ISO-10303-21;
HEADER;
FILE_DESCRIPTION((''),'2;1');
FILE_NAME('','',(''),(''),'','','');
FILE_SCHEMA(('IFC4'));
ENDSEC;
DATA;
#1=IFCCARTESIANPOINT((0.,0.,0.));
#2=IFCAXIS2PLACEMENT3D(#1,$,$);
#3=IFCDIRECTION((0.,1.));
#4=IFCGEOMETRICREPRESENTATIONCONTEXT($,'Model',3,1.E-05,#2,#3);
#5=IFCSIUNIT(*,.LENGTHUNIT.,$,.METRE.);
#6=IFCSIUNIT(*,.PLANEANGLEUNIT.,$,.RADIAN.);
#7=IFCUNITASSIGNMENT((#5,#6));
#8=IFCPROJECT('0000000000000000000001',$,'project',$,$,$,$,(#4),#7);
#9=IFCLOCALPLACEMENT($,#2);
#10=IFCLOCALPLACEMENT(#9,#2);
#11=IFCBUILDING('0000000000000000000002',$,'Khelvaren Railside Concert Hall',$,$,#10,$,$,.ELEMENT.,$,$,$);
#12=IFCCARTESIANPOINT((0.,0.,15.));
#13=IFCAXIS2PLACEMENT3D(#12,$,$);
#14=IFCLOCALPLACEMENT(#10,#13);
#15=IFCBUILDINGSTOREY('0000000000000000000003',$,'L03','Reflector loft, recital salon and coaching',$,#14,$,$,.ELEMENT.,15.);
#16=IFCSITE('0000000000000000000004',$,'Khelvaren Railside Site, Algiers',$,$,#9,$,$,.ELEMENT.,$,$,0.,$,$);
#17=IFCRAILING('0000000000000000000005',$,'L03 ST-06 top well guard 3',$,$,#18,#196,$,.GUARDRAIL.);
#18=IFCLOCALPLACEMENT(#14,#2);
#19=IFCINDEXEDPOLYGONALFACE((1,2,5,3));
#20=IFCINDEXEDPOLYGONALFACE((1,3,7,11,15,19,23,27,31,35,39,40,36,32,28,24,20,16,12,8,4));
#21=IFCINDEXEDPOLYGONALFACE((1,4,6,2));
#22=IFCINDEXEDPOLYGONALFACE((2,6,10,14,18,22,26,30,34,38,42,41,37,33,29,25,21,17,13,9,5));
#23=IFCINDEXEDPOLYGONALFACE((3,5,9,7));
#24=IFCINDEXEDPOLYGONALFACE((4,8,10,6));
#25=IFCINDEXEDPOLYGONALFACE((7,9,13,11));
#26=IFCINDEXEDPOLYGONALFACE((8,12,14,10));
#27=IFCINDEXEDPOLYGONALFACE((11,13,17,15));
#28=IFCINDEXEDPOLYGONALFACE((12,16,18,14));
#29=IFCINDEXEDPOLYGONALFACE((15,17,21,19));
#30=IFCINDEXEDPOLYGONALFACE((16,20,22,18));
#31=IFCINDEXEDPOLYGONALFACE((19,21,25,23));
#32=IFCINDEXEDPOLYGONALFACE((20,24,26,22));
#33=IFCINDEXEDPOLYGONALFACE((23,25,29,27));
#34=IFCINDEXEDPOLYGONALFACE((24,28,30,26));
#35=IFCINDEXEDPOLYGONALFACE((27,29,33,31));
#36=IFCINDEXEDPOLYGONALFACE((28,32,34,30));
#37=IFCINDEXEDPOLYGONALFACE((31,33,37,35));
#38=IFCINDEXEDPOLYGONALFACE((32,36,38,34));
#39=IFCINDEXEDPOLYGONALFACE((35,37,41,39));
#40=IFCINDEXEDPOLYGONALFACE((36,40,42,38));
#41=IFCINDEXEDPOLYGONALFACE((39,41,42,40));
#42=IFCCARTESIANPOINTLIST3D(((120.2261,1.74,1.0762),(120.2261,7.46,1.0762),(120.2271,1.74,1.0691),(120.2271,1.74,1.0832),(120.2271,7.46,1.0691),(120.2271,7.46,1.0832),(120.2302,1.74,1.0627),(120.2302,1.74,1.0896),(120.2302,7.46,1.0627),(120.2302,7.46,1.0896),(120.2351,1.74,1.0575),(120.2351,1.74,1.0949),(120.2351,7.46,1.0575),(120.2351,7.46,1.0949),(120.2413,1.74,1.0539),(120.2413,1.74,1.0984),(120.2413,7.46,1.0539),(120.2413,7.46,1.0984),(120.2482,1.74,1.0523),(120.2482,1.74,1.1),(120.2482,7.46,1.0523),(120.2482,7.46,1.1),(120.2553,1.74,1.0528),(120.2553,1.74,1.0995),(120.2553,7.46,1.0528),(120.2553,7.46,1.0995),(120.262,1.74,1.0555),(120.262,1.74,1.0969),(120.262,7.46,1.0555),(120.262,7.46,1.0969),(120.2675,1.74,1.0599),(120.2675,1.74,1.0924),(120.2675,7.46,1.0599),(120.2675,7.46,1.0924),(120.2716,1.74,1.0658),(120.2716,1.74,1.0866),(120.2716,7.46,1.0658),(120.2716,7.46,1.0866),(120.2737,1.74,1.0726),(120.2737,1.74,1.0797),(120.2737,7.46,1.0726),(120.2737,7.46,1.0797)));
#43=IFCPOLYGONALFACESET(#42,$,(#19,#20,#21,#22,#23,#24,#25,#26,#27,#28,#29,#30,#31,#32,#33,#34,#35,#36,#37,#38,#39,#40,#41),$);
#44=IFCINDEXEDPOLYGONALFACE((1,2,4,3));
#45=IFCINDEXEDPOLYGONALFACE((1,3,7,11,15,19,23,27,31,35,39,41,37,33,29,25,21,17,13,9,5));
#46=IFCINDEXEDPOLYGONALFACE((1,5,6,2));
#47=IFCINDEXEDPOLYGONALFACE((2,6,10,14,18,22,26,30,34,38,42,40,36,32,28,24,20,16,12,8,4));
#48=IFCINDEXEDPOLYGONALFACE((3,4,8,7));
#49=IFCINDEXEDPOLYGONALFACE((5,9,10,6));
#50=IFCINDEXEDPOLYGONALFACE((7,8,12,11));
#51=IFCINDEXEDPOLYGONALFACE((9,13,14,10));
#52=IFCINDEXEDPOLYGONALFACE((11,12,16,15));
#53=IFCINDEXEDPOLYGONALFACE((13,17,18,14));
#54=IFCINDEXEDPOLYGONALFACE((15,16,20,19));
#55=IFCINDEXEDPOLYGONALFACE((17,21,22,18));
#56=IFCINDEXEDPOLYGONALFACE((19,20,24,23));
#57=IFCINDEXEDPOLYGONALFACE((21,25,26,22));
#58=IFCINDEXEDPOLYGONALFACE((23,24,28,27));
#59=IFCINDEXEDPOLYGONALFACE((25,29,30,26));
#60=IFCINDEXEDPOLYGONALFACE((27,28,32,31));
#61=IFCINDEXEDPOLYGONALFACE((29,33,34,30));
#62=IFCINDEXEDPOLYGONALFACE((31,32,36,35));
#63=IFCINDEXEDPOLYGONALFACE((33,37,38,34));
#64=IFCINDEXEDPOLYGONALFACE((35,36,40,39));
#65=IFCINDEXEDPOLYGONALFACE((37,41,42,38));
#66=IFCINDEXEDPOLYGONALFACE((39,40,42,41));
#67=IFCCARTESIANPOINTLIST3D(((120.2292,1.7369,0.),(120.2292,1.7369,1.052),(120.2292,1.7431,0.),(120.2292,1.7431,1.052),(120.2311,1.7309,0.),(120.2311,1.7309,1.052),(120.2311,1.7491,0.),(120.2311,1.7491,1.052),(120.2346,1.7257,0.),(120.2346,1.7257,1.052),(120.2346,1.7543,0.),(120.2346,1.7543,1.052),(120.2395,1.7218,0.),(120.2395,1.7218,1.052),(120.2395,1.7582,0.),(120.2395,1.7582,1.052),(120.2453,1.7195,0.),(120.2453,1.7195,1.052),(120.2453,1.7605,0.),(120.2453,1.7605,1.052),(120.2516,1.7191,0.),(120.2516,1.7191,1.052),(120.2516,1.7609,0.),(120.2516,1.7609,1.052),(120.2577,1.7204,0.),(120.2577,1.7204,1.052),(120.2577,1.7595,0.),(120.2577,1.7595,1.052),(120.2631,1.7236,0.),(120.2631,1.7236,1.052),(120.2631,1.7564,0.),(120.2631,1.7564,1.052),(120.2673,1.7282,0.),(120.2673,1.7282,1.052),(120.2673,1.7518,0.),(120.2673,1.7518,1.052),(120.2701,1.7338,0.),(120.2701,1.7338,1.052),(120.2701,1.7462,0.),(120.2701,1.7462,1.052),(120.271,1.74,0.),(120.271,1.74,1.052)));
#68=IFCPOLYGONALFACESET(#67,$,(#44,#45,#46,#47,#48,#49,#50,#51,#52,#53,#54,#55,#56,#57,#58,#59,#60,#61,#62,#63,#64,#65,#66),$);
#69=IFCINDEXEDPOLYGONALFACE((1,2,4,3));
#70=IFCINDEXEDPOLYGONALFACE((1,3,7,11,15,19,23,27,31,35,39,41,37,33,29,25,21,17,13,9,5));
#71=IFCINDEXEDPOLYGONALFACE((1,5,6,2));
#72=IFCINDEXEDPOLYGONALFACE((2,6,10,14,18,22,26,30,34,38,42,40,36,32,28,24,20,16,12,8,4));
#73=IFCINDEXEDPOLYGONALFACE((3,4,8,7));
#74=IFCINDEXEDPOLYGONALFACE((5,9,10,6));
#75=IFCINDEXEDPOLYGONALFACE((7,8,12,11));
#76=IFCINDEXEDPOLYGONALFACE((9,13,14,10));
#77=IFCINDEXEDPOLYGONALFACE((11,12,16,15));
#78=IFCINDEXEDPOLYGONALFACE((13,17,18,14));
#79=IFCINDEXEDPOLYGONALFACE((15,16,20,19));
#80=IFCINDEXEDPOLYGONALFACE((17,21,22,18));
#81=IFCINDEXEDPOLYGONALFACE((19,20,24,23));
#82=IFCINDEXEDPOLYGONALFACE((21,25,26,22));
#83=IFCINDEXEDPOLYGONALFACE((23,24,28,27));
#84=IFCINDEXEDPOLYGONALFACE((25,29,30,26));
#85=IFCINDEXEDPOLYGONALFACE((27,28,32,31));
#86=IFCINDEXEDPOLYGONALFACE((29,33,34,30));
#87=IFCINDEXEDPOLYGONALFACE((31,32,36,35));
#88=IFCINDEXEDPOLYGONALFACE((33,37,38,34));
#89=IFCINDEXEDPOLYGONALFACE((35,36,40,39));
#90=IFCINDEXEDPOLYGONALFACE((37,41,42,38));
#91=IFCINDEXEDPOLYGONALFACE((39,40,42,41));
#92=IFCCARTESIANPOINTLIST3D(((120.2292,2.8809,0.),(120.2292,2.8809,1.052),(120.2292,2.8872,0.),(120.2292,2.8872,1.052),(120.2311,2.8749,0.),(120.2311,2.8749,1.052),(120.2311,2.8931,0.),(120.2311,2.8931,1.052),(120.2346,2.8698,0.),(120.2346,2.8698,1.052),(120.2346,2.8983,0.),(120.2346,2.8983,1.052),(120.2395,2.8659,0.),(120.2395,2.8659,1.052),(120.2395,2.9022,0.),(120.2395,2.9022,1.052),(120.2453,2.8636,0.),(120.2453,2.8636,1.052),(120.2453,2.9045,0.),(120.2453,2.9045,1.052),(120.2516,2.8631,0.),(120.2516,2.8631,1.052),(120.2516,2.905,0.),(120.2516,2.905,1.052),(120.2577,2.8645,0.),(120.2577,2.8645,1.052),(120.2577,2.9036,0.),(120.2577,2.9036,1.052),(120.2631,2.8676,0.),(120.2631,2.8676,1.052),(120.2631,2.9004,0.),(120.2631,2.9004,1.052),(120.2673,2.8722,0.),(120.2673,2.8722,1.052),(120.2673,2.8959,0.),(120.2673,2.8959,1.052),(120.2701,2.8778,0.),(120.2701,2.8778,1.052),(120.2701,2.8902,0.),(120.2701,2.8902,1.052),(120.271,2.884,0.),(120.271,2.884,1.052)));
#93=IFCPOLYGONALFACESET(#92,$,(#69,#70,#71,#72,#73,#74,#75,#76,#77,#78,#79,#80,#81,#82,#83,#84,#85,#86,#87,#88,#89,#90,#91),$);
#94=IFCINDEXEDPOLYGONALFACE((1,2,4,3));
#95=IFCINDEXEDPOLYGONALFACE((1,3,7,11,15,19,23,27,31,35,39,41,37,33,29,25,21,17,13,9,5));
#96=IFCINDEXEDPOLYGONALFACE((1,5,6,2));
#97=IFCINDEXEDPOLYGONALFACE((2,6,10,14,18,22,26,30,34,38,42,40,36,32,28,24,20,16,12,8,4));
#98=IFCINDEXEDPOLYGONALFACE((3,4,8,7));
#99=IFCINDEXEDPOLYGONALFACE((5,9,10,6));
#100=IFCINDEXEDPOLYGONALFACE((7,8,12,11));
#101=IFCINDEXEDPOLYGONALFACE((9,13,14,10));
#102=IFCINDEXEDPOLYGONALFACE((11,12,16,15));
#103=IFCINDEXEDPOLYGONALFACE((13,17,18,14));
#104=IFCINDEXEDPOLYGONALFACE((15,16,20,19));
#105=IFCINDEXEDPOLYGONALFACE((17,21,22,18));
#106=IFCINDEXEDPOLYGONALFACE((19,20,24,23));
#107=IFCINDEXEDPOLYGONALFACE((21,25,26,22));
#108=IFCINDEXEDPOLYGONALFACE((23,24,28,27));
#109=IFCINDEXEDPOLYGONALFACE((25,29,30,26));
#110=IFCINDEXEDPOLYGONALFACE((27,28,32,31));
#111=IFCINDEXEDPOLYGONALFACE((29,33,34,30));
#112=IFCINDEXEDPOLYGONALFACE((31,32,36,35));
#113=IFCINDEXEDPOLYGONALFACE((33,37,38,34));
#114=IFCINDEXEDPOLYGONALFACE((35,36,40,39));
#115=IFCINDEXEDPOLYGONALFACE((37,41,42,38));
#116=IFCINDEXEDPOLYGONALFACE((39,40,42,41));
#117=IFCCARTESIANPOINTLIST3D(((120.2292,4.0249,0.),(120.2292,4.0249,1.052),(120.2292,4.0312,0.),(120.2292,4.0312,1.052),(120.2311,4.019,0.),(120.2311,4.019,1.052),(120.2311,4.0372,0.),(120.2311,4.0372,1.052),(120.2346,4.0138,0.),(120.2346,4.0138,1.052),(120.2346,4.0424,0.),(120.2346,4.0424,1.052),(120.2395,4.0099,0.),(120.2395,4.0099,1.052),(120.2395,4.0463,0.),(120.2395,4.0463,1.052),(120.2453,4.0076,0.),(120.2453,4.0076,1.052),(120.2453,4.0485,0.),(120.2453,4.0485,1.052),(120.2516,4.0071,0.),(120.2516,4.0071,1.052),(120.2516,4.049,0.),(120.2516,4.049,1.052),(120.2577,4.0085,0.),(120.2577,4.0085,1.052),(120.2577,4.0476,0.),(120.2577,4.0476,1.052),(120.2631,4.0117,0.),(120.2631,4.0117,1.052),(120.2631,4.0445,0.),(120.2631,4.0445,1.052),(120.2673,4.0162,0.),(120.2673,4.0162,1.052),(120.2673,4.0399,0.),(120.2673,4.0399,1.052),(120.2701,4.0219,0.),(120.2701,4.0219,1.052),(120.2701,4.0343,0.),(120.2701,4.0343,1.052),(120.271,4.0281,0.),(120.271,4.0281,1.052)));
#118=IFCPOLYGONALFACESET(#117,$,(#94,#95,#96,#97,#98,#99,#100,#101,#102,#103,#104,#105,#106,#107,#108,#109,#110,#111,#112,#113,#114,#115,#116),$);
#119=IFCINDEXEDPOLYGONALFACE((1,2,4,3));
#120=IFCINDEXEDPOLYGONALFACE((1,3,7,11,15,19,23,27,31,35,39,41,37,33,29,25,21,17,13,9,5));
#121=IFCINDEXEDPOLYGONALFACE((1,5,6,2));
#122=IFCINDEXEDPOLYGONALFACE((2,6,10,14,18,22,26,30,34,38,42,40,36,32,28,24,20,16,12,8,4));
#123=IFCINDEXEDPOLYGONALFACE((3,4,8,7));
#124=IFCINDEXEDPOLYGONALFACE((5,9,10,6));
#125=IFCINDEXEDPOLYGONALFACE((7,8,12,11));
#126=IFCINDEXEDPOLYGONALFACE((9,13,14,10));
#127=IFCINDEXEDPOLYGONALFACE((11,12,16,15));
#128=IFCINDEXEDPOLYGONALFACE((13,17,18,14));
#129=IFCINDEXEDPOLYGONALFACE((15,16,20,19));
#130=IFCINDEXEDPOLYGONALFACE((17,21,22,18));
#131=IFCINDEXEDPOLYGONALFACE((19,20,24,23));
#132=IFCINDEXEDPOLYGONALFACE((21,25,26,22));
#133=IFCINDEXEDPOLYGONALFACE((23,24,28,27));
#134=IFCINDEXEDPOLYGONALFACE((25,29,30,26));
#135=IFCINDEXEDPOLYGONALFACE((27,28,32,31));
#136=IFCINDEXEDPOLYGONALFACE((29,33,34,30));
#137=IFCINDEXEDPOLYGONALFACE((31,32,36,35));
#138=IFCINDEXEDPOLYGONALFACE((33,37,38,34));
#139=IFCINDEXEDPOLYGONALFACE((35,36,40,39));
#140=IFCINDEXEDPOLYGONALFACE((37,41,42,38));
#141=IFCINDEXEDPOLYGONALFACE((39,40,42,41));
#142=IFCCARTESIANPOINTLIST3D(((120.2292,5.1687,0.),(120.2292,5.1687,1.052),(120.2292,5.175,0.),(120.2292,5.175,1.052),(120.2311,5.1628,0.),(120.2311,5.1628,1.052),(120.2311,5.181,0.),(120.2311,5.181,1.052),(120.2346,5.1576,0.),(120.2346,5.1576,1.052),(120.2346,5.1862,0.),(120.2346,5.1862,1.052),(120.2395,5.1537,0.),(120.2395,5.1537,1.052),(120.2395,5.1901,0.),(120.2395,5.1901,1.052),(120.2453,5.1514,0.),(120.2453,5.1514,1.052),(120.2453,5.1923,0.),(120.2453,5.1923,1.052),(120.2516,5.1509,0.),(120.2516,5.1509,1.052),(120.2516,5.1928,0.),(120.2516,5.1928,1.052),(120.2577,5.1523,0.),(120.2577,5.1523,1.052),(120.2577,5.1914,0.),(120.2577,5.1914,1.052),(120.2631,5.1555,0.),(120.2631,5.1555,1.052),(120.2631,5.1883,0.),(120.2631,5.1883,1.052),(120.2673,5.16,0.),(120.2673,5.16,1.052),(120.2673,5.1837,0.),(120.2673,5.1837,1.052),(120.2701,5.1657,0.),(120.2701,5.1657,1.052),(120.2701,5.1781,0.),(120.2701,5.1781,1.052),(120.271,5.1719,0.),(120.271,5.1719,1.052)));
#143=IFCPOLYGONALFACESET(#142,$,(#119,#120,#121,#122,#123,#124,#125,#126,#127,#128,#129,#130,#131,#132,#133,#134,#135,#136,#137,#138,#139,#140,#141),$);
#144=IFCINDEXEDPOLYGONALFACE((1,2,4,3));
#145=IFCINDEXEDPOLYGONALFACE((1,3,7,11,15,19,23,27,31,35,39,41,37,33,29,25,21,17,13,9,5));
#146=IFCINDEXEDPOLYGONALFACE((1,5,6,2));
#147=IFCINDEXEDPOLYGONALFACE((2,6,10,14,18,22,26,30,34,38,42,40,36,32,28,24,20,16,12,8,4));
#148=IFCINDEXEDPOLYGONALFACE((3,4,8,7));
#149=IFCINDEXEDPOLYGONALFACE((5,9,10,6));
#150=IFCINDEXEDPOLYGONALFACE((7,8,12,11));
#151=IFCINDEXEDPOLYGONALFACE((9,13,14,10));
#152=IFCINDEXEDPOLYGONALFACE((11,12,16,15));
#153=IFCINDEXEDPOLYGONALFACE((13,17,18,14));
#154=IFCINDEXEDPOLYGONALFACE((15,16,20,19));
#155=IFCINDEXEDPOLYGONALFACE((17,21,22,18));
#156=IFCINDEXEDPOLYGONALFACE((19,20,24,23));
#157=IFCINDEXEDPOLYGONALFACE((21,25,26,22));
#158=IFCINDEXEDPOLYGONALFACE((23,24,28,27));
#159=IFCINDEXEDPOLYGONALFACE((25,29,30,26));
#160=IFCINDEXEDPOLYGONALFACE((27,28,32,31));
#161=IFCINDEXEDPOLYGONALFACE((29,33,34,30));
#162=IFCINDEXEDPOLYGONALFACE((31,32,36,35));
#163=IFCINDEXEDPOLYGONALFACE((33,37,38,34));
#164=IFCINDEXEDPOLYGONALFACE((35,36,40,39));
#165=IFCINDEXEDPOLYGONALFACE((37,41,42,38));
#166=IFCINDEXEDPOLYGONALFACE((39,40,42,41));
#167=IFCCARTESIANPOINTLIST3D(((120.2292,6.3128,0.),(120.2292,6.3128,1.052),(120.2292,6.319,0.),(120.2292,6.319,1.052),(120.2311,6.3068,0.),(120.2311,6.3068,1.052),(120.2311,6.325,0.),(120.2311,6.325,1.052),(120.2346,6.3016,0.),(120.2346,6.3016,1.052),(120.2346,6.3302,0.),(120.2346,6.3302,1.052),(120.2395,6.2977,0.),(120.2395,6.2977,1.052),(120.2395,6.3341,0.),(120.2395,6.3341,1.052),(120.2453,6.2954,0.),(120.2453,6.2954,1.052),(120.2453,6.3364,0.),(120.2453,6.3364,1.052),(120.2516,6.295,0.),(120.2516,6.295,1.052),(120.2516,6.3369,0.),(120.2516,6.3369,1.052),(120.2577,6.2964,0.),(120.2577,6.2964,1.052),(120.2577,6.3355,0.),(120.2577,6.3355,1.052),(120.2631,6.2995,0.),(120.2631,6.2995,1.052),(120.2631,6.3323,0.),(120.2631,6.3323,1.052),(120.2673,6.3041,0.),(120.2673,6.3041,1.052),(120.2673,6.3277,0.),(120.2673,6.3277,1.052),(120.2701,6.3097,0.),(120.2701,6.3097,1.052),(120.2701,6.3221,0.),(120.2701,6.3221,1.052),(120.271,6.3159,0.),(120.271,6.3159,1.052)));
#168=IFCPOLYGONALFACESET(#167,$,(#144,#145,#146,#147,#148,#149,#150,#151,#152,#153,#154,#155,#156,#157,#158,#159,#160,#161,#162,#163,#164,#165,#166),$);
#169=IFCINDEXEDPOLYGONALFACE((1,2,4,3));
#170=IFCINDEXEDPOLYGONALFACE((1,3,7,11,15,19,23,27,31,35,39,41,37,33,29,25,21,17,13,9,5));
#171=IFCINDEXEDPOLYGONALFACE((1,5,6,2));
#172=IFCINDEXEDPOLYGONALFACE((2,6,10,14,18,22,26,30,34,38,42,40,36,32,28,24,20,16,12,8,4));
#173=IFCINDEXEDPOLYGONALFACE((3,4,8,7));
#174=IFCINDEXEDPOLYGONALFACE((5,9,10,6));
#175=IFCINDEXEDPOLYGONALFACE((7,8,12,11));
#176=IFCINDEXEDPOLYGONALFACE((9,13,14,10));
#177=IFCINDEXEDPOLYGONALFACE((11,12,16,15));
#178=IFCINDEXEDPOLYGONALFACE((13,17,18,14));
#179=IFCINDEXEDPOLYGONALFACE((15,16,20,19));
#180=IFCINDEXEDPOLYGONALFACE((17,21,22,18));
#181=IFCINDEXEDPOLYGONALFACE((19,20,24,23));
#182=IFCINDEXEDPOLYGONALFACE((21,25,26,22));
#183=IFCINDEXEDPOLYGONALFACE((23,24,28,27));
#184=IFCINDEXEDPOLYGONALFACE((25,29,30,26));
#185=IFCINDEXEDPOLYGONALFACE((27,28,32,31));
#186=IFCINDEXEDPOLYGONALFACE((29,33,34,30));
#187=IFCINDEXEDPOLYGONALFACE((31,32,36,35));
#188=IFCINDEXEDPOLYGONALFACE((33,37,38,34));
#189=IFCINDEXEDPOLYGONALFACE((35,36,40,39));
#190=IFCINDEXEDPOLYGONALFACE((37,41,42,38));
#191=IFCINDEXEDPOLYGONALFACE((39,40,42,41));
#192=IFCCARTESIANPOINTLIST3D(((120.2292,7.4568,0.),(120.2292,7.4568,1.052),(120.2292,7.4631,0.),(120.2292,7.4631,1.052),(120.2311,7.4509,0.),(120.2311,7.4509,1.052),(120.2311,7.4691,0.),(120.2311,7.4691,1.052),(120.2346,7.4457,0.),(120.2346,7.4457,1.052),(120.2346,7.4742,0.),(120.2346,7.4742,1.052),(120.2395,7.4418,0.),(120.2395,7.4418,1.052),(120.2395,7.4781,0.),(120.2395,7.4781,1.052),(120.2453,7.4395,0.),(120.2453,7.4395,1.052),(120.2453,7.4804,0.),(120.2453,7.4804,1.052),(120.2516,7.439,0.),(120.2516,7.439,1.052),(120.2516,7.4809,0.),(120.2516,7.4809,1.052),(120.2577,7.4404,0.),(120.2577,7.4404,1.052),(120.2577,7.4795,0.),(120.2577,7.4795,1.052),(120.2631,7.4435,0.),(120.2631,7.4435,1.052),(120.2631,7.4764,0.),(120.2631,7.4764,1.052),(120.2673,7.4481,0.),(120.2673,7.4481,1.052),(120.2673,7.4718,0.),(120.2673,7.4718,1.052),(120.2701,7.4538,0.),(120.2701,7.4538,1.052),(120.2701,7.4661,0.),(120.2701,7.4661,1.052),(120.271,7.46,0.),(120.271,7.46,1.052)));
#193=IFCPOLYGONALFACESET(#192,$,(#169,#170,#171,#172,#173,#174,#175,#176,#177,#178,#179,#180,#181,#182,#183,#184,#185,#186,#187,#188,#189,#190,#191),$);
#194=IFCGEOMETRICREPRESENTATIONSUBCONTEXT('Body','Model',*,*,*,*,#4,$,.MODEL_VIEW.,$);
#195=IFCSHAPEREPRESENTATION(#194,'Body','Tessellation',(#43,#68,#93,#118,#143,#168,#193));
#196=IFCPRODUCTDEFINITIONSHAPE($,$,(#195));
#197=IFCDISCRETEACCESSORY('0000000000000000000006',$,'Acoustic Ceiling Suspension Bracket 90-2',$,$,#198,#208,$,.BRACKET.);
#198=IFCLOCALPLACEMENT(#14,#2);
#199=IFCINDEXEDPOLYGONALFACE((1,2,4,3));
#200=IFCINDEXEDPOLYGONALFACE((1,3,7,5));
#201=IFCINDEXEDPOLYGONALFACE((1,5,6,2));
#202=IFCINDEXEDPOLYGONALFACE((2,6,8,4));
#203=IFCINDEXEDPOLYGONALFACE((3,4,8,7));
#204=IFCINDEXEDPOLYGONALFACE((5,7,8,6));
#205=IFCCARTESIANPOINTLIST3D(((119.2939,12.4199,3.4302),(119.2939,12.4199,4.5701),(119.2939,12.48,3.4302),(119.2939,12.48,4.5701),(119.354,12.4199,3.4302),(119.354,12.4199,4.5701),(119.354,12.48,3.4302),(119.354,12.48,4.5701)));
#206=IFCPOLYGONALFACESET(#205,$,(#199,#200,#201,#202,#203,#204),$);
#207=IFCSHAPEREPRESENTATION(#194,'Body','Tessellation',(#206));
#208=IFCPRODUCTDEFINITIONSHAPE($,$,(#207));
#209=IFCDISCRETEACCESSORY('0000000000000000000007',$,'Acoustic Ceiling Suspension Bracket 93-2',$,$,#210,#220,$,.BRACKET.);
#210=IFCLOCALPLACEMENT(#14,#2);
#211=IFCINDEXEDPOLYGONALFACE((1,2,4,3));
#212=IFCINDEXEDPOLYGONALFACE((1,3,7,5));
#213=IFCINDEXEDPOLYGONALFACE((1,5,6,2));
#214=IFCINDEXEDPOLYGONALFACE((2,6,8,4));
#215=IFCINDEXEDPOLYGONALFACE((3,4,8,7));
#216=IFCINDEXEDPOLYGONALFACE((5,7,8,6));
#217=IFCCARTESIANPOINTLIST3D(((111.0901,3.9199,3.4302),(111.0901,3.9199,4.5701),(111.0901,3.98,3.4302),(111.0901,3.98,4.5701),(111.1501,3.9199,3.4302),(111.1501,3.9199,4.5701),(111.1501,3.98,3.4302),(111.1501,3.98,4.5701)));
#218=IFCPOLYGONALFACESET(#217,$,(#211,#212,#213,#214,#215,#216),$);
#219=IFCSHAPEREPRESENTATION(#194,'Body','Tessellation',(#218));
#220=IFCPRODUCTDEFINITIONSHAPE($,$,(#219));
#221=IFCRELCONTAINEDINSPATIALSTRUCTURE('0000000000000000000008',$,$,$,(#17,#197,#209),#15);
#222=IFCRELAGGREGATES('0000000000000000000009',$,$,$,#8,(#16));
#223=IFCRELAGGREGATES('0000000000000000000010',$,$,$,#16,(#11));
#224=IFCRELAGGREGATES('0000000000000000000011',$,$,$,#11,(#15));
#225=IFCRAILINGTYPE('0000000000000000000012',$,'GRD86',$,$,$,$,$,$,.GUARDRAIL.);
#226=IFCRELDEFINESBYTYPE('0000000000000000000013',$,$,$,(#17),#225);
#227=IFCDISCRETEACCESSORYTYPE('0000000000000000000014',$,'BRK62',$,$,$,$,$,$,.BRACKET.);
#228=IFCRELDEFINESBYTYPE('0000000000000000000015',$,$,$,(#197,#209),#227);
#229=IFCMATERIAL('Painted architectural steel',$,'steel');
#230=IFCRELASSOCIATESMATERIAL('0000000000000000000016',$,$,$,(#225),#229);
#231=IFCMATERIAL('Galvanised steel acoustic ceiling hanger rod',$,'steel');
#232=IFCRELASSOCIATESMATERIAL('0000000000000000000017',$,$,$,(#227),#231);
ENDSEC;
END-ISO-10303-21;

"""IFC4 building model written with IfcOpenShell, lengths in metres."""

from ifc_helpers import new_model, si_unit, direction, frame, origin, origin_2d, place, context, subcontext, project, spatial, rectangle, circle, extrude, material, type_object, element, save


model = new_model("IFC4")

# Units and contexts
model_context = context("Model", 3, precision=1e-05, world=origin(), true_north=direction((0.0, 1.0)))
body_context = subcontext(model_context, "Body", "Model", "MODEL_VIEW")
ifc_project = project(units=[si_unit("LENGTHUNIT", "METRE"), si_unit("PLANEANGLEUNIT", "RADIAN")], contexts=[model_context])

# Site, building, storey
site_placement = place(None, origin())
site = spatial("IfcSite", under=ifc_project, at=site_placement, Name="Khelvaren Railside Site, Algiers", CompositionType="ELEMENT", RefElevation=0.0)
building_placement = place(site_placement, origin())
building = spatial("IfcBuilding", under=site, at=building_placement, Name="Khelvaren Railside Concert Hall", CompositionType="ELEMENT")
storey_placement = place(building_placement, frame((0.0, 0.0, 15.0)))
storey = spatial("IfcBuildingStorey", under=building, at=storey_placement, Name="L03", Description="Reflector loft, recital salon and coaching", CompositionType="ELEMENT", Elevation=15.0)

# Railing
ifc_material_1 = material(Name="Painted architectural steel", Category="steel")
railing_type = type_object("IfcRailingType", Name="GRD86", PredefinedType="GUARDRAIL", material=ifc_material_1)
railing_placement = place(storey_placement, frame((120.25, 1.74, 0.0)))
element("IfcRailing", 1, at=railing_placement, inside=storey, type_object=railing_type, Name="L03 ST-06 top well guard 3", PredefinedType="GUARDRAIL", context=body_context, shape_type="SweptSolid", body=[
    extrude(circle(Radius=0.0239, at=origin_2d()), frame((0.0, 0.0, 1.0762), z_axis=(0.0, 1.0, 0.0), x_axis=(-1.0, 0.0, 0.0)), (0.0, 0.0, 1.0), 5.72),
    extrude(circle(Radius=0.021, at=origin_2d()), origin(), (0.0, 0.0, 1.0), 1.052),
    extrude(circle(Radius=0.021, at=origin_2d()), frame((0.0, 1.144, 0.0)), (0.0, 0.0, 1.0), 1.052),
    extrude(circle(Radius=0.021, at=origin_2d()), frame((0.0, 2.2881, 0.0)), (0.0, 0.0, 1.0), 1.052),
    extrude(circle(Radius=0.021, at=origin_2d()), frame((0.0, 3.4319, 0.0)), (0.0, 0.0, 1.0), 1.052),
    extrude(circle(Radius=0.021, at=origin_2d()), frame((0.0, 4.5759, 0.0)), (0.0, 0.0, 1.0), 1.052),
    extrude(circle(Radius=0.021, at=origin_2d()), frame((0.0, 5.72, 0.0)), (0.0, 0.0, 1.0), 1.052),
])

# Discrete accessories
ifc_material_2 = material(Name="Galvanised steel acoustic ceiling hanger rod", Category="steel")
discrete_accessory_type = type_object("IfcDiscreteAccessoryType", Name="BRK62", PredefinedType="BRACKET", material=ifc_material_2)
for number, where, z_axis, x_axis, name in (
    (2, (119.324, 12.45, 3.4302), (0.0, 0.0, 1.0), (1.0, 0.0, 0.0), "Acoustic Ceiling Suspension Bracket 90-2"),
    (3, (111.1201, 3.95, 3.4302), (0.0, 0.0, 1.0), (1.0, 0.0, 0.0), "Acoustic Ceiling Suspension Bracket 93-2"),
):
    element("IfcDiscreteAccessory", number, at=place(storey_placement, frame(where, z_axis=z_axis, x_axis=x_axis)), inside=storey, type_object=discrete_accessory_type, Name=name, PredefinedType="BRACKET", context=body_context, shape_type="SweptSolid", body=[
        extrude(rectangle(XDim=0.0601, YDim=0.0601, at=origin_2d()), origin(), (0.0, 0.0, 1.0), 1.1399),
    ])

save(model, "model.ifc")
